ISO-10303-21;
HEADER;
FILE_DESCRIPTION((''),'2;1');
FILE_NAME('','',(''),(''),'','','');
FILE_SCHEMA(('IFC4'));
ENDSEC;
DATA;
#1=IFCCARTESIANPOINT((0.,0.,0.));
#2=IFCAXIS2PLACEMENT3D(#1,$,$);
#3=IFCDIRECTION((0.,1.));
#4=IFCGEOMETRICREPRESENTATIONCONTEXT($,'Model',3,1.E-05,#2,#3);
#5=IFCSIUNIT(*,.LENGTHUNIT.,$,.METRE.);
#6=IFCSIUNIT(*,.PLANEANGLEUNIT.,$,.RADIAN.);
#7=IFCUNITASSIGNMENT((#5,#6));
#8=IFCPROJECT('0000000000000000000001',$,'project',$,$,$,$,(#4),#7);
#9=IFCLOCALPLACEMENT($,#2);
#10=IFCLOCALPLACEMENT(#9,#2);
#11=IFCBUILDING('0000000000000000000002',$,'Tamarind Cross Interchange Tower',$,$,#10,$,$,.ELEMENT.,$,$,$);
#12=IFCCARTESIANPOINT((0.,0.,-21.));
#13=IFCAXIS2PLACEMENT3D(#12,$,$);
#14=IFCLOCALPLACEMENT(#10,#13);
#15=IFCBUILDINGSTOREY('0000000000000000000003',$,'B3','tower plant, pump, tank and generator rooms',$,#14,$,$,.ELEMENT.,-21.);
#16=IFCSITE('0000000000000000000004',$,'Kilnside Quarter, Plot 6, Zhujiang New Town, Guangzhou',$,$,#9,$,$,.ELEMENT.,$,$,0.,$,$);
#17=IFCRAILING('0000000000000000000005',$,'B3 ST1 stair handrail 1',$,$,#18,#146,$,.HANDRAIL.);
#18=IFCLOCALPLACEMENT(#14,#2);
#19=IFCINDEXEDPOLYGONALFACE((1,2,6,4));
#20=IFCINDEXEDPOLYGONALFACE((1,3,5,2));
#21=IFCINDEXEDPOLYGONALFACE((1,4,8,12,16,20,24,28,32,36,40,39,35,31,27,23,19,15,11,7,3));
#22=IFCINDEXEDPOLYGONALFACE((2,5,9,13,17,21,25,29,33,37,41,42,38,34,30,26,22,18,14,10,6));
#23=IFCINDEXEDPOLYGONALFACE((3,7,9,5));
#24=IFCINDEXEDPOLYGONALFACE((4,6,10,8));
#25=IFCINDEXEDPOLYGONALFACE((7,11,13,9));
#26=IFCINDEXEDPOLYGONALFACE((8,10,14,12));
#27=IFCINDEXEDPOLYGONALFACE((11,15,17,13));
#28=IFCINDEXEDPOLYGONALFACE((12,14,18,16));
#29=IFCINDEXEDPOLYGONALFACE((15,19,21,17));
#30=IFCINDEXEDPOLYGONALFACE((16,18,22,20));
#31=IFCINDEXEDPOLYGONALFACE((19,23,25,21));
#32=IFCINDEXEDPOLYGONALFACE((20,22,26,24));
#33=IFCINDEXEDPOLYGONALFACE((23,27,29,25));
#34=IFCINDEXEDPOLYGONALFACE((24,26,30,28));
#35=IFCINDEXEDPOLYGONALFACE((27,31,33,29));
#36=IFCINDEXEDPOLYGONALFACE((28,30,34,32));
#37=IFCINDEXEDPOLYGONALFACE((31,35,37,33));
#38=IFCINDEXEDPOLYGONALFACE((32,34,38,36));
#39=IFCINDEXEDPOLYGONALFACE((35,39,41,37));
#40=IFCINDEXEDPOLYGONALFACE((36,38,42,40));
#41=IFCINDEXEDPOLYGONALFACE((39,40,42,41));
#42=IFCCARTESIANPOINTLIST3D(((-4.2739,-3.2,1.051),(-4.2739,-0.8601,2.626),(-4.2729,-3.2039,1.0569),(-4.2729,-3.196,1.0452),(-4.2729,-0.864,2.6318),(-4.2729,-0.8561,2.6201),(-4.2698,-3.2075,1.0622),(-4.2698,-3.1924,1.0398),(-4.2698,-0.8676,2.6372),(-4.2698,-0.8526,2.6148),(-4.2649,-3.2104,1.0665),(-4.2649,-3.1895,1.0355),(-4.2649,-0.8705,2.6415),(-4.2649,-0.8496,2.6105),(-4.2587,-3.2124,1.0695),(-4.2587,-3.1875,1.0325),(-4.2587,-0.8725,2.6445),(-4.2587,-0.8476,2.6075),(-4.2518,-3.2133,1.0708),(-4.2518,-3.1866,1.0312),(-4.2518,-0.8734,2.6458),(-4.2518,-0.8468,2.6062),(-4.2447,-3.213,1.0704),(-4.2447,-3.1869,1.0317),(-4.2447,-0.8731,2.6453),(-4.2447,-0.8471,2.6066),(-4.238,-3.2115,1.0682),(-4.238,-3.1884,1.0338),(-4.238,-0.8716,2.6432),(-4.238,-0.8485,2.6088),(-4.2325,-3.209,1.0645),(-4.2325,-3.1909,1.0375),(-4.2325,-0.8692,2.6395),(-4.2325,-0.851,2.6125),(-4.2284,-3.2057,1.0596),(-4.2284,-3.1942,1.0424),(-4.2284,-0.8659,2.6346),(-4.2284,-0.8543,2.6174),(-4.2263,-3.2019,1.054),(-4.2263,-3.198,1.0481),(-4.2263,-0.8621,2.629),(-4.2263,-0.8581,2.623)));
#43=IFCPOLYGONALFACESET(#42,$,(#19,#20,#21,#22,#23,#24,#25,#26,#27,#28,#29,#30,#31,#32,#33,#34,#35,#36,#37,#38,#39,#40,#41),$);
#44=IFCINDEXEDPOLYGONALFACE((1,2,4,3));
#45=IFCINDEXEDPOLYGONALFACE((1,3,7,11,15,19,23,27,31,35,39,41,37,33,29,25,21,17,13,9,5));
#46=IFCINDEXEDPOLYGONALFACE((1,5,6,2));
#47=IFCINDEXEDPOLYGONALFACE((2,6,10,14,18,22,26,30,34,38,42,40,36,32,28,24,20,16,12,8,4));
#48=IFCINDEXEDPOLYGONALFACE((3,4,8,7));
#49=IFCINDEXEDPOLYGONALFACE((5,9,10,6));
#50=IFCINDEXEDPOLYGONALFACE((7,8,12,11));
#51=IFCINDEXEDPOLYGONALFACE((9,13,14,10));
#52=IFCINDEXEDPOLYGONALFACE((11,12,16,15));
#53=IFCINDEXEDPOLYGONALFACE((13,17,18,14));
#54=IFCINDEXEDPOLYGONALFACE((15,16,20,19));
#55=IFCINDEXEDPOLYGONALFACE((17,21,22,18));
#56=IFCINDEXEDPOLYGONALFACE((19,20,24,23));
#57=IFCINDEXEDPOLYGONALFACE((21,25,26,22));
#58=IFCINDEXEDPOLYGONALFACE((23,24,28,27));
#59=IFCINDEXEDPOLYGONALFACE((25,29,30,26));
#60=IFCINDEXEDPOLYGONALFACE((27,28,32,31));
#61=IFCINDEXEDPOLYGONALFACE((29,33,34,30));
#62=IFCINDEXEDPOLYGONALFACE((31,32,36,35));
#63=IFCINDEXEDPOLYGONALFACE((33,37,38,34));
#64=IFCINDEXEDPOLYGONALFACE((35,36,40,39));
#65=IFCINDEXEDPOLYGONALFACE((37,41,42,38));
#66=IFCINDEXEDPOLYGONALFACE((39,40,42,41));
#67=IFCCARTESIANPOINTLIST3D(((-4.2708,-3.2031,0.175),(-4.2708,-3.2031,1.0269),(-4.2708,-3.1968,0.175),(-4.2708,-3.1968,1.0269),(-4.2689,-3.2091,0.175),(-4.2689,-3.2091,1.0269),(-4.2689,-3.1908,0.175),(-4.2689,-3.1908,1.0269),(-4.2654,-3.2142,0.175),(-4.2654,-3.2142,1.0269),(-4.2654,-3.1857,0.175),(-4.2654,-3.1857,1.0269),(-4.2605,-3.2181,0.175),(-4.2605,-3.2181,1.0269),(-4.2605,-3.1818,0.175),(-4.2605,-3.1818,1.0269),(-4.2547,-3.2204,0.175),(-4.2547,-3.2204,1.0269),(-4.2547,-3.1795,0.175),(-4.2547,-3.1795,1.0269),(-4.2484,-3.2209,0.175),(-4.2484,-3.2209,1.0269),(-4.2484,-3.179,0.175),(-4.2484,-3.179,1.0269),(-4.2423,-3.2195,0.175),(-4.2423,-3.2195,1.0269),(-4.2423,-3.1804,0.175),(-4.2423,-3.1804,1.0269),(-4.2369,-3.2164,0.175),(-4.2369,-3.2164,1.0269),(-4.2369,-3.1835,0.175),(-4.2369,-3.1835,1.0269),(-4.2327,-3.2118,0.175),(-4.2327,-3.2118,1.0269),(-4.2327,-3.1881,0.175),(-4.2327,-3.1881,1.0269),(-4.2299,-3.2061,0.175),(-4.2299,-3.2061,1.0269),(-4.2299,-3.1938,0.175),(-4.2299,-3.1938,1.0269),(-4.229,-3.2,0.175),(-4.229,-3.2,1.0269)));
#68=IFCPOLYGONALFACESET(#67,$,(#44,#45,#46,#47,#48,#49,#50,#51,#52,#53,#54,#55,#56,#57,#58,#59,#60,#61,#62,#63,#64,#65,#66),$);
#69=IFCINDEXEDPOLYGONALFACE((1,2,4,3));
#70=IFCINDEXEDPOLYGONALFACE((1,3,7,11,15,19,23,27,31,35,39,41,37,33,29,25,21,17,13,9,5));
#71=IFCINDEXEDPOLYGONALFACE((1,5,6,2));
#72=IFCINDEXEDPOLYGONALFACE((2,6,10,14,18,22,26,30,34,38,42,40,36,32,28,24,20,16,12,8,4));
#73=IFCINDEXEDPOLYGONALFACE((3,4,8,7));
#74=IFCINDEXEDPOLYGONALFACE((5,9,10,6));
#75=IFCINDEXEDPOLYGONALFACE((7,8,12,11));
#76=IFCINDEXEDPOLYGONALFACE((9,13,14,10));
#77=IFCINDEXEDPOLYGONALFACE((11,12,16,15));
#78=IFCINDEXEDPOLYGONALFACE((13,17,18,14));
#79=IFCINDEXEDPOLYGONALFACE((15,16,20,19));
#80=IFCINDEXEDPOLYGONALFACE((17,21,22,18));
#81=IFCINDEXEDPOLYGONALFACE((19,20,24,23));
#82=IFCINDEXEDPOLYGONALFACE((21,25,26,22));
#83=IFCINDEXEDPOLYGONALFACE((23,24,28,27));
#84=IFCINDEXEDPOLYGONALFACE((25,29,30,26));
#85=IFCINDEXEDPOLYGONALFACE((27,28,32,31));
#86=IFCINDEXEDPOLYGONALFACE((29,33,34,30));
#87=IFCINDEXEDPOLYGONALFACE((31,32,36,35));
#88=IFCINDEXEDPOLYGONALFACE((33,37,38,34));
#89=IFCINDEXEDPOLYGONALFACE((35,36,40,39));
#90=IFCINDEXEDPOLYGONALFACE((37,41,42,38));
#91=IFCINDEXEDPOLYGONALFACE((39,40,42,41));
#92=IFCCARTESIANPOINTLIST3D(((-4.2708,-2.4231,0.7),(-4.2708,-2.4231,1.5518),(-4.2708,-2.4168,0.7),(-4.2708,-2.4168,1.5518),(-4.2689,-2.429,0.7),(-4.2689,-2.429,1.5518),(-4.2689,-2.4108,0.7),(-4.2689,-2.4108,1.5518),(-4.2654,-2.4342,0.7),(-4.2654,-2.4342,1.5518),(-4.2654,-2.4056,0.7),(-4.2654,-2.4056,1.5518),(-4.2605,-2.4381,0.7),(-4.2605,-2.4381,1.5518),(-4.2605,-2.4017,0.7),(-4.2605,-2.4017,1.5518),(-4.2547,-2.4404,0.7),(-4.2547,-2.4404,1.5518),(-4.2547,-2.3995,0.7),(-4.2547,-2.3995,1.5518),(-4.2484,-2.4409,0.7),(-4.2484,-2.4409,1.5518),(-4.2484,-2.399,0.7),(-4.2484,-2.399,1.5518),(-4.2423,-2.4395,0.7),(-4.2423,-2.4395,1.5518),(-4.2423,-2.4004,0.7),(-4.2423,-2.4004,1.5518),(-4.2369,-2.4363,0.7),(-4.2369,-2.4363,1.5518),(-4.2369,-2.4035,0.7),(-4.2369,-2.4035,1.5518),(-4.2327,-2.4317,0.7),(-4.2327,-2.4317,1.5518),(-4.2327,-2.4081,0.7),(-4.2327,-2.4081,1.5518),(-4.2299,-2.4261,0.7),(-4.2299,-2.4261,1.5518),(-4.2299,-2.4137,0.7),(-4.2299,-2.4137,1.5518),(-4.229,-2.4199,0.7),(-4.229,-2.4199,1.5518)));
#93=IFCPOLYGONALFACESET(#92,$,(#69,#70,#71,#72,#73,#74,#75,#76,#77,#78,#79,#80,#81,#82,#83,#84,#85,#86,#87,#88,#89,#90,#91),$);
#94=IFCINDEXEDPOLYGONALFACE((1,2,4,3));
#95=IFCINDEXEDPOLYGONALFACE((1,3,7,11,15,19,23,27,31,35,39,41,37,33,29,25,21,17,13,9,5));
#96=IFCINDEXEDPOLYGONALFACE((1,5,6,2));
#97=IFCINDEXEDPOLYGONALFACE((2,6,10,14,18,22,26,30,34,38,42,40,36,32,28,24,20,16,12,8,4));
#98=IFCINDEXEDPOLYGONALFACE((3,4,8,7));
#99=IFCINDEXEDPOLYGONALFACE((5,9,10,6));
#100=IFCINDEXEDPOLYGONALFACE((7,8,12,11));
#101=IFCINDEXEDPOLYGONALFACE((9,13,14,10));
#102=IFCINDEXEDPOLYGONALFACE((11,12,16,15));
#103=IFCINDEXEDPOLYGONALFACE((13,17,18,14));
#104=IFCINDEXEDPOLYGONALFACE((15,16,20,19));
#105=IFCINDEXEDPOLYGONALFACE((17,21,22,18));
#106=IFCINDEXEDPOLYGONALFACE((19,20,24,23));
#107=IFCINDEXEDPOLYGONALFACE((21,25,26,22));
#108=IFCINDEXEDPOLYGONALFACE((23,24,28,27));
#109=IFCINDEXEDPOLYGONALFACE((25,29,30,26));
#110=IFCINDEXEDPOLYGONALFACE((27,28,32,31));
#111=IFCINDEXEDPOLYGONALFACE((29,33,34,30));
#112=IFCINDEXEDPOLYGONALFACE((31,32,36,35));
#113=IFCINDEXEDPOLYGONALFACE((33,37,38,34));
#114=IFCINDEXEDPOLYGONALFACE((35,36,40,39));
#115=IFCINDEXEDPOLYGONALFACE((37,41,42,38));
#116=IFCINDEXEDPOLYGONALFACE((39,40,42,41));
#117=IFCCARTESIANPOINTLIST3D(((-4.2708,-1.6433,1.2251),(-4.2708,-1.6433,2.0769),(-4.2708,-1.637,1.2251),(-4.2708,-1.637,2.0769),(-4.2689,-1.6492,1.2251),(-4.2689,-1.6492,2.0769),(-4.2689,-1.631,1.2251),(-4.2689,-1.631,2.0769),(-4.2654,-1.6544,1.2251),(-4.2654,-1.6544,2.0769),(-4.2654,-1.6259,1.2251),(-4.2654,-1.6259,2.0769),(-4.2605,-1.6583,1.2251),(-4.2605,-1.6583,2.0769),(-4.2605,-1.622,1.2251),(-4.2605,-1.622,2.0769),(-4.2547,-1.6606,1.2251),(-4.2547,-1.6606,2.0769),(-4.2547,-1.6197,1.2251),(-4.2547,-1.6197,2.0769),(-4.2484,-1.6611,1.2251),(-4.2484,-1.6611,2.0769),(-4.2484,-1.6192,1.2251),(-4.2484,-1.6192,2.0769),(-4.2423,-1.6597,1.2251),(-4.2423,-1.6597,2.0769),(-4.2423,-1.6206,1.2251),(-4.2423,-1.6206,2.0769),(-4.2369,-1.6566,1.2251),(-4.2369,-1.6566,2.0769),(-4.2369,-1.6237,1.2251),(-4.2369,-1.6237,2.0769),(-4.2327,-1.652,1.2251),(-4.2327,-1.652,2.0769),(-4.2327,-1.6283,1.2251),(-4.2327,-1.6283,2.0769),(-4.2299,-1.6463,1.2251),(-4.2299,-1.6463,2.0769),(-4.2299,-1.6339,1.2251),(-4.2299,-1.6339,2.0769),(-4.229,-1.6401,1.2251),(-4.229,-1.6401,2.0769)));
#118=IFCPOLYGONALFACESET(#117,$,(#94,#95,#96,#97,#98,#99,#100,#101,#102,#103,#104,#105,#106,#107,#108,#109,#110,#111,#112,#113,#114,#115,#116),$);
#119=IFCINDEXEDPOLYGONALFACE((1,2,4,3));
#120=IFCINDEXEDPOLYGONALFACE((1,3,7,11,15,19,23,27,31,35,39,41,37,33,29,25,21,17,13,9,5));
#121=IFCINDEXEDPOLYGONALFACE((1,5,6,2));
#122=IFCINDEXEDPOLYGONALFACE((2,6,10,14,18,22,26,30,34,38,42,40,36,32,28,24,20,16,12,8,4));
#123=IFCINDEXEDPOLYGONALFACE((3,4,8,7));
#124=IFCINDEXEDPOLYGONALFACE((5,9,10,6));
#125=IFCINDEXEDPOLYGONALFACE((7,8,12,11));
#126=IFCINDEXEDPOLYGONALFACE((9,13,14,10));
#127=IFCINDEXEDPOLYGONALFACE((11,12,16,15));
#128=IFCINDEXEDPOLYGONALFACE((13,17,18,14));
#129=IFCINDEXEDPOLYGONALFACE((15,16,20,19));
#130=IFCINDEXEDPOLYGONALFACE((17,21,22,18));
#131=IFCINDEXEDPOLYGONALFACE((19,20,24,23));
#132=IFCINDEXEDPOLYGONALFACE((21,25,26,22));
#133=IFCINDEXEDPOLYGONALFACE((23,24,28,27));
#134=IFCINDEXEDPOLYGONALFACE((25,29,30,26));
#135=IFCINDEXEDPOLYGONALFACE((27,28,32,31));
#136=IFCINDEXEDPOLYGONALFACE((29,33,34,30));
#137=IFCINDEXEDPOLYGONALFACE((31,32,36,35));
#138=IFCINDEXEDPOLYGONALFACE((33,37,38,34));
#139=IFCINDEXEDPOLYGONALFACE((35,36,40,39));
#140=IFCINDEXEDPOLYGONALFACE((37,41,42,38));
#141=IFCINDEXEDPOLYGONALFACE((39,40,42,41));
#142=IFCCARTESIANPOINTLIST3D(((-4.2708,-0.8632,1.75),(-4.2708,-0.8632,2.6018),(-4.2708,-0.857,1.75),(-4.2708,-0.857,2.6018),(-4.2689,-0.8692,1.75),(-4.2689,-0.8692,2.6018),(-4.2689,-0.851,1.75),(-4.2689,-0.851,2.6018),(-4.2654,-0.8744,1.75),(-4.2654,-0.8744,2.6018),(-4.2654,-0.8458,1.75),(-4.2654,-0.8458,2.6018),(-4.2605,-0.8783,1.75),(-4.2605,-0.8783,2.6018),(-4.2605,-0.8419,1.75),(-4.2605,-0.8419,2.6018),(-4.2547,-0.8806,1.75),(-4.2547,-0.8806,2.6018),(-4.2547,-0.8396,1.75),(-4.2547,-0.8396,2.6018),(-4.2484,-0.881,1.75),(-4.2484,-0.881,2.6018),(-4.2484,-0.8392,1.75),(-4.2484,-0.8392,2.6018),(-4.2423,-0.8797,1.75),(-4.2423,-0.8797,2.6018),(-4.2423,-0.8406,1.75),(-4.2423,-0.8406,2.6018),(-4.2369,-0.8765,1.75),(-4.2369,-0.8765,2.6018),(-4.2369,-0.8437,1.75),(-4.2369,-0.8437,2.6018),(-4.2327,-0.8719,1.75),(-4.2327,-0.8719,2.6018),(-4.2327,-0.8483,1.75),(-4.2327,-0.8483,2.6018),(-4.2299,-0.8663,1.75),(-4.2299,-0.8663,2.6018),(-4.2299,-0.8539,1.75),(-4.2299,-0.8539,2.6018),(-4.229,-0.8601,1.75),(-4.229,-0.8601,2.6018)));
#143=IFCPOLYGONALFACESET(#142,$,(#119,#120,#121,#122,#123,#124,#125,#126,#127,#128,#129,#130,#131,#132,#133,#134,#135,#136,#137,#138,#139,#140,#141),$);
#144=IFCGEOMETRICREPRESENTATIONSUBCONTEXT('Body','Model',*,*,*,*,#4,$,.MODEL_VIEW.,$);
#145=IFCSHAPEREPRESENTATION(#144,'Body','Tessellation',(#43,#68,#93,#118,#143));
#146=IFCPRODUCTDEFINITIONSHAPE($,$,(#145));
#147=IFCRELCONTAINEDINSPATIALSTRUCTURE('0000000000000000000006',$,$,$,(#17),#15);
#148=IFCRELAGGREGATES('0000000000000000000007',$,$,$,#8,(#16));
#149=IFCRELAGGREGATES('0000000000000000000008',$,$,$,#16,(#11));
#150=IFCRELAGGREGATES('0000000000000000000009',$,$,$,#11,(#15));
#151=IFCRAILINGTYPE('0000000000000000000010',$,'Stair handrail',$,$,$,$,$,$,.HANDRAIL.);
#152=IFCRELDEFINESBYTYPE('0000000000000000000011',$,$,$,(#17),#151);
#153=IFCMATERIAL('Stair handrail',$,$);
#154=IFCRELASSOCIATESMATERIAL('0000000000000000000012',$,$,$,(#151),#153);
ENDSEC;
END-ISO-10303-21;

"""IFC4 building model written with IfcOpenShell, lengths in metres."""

from ifc_helpers import new_model, si_unit, direction, frame, origin, origin_2d, place, context, subcontext, project, spatial, circle, extrude, material, type_object, element, save


model = new_model("IFC4")

# Units and contexts
model_context = context("Model", 3, precision=1e-05, world=origin(), true_north=direction((0.0, 1.0)))
body_context = subcontext(model_context, "Body", "Model", "MODEL_VIEW")
ifc_project = project(units=[si_unit("LENGTHUNIT", "METRE"), si_unit("PLANEANGLEUNIT", "RADIAN")], contexts=[model_context])

# Site, building, storey
site_placement = place(None, origin())
site = spatial("IfcSite", under=ifc_project, at=site_placement, Name="Kilnside Quarter, Plot 6, Zhujiang New Town, Guangzhou", CompositionType="ELEMENT", RefElevation=0.0)
building_placement = place(site_placement, origin())
building = spatial("IfcBuilding", under=site, at=building_placement, Name="Tamarind Cross Interchange Tower", CompositionType="ELEMENT")
storey_placement = place(building_placement, frame((0.0, 0.0, -21.0)))
storey = spatial("IfcBuildingStorey", under=building, at=storey_placement, Name="B3", Description="tower plant, pump, tank and generator rooms", CompositionType="ELEMENT", Elevation=-21.0)

# Railing
ifc_material_1 = material(Name="Stair handrail")
railing_type_1 = type_object("IfcRailingType", Name="Stair handrail", PredefinedType="HANDRAIL", material=ifc_material_1)
railing_1_placement = place(storey_placement, frame((-4.25, -3.2, 0.175)))
element("IfcRailing", 1, at=railing_1_placement, inside=storey, type_object=railing_type_1, Name="B3 ST1 stair handrail 1", PredefinedType="HANDRAIL", context=body_context, shape_type="SweptSolid", body=[
    extrude(circle(Radius=0.0239, at=origin_2d()), frame((0.0, 0.0, 0.876), z_axis=(0.0, 0.829578, 0.55839), x_axis=(-1.0, 0.0, 0.0)), (0.0, 0.0, 1.0), 2.8206),
    extrude(circle(Radius=0.021, at=origin_2d()), origin(), (0.0, 0.0, 1.0), 0.8518),
    extrude(circle(Radius=0.021, at=origin_2d()), frame((0.0, 0.78, 0.5249)), (0.0, 0.0, 1.0), 0.8518),
    extrude(circle(Radius=0.021, at=origin_2d()), frame((0.0, 1.5598, 1.05)), (0.0, 0.0, 1.0), 0.8518),
    extrude(circle(Radius=0.021, at=origin_2d()), frame((0.0, 2.3398, 1.575)), (0.0, 0.0, 1.0), 0.8518),
])

save(model, "model.ifc")
